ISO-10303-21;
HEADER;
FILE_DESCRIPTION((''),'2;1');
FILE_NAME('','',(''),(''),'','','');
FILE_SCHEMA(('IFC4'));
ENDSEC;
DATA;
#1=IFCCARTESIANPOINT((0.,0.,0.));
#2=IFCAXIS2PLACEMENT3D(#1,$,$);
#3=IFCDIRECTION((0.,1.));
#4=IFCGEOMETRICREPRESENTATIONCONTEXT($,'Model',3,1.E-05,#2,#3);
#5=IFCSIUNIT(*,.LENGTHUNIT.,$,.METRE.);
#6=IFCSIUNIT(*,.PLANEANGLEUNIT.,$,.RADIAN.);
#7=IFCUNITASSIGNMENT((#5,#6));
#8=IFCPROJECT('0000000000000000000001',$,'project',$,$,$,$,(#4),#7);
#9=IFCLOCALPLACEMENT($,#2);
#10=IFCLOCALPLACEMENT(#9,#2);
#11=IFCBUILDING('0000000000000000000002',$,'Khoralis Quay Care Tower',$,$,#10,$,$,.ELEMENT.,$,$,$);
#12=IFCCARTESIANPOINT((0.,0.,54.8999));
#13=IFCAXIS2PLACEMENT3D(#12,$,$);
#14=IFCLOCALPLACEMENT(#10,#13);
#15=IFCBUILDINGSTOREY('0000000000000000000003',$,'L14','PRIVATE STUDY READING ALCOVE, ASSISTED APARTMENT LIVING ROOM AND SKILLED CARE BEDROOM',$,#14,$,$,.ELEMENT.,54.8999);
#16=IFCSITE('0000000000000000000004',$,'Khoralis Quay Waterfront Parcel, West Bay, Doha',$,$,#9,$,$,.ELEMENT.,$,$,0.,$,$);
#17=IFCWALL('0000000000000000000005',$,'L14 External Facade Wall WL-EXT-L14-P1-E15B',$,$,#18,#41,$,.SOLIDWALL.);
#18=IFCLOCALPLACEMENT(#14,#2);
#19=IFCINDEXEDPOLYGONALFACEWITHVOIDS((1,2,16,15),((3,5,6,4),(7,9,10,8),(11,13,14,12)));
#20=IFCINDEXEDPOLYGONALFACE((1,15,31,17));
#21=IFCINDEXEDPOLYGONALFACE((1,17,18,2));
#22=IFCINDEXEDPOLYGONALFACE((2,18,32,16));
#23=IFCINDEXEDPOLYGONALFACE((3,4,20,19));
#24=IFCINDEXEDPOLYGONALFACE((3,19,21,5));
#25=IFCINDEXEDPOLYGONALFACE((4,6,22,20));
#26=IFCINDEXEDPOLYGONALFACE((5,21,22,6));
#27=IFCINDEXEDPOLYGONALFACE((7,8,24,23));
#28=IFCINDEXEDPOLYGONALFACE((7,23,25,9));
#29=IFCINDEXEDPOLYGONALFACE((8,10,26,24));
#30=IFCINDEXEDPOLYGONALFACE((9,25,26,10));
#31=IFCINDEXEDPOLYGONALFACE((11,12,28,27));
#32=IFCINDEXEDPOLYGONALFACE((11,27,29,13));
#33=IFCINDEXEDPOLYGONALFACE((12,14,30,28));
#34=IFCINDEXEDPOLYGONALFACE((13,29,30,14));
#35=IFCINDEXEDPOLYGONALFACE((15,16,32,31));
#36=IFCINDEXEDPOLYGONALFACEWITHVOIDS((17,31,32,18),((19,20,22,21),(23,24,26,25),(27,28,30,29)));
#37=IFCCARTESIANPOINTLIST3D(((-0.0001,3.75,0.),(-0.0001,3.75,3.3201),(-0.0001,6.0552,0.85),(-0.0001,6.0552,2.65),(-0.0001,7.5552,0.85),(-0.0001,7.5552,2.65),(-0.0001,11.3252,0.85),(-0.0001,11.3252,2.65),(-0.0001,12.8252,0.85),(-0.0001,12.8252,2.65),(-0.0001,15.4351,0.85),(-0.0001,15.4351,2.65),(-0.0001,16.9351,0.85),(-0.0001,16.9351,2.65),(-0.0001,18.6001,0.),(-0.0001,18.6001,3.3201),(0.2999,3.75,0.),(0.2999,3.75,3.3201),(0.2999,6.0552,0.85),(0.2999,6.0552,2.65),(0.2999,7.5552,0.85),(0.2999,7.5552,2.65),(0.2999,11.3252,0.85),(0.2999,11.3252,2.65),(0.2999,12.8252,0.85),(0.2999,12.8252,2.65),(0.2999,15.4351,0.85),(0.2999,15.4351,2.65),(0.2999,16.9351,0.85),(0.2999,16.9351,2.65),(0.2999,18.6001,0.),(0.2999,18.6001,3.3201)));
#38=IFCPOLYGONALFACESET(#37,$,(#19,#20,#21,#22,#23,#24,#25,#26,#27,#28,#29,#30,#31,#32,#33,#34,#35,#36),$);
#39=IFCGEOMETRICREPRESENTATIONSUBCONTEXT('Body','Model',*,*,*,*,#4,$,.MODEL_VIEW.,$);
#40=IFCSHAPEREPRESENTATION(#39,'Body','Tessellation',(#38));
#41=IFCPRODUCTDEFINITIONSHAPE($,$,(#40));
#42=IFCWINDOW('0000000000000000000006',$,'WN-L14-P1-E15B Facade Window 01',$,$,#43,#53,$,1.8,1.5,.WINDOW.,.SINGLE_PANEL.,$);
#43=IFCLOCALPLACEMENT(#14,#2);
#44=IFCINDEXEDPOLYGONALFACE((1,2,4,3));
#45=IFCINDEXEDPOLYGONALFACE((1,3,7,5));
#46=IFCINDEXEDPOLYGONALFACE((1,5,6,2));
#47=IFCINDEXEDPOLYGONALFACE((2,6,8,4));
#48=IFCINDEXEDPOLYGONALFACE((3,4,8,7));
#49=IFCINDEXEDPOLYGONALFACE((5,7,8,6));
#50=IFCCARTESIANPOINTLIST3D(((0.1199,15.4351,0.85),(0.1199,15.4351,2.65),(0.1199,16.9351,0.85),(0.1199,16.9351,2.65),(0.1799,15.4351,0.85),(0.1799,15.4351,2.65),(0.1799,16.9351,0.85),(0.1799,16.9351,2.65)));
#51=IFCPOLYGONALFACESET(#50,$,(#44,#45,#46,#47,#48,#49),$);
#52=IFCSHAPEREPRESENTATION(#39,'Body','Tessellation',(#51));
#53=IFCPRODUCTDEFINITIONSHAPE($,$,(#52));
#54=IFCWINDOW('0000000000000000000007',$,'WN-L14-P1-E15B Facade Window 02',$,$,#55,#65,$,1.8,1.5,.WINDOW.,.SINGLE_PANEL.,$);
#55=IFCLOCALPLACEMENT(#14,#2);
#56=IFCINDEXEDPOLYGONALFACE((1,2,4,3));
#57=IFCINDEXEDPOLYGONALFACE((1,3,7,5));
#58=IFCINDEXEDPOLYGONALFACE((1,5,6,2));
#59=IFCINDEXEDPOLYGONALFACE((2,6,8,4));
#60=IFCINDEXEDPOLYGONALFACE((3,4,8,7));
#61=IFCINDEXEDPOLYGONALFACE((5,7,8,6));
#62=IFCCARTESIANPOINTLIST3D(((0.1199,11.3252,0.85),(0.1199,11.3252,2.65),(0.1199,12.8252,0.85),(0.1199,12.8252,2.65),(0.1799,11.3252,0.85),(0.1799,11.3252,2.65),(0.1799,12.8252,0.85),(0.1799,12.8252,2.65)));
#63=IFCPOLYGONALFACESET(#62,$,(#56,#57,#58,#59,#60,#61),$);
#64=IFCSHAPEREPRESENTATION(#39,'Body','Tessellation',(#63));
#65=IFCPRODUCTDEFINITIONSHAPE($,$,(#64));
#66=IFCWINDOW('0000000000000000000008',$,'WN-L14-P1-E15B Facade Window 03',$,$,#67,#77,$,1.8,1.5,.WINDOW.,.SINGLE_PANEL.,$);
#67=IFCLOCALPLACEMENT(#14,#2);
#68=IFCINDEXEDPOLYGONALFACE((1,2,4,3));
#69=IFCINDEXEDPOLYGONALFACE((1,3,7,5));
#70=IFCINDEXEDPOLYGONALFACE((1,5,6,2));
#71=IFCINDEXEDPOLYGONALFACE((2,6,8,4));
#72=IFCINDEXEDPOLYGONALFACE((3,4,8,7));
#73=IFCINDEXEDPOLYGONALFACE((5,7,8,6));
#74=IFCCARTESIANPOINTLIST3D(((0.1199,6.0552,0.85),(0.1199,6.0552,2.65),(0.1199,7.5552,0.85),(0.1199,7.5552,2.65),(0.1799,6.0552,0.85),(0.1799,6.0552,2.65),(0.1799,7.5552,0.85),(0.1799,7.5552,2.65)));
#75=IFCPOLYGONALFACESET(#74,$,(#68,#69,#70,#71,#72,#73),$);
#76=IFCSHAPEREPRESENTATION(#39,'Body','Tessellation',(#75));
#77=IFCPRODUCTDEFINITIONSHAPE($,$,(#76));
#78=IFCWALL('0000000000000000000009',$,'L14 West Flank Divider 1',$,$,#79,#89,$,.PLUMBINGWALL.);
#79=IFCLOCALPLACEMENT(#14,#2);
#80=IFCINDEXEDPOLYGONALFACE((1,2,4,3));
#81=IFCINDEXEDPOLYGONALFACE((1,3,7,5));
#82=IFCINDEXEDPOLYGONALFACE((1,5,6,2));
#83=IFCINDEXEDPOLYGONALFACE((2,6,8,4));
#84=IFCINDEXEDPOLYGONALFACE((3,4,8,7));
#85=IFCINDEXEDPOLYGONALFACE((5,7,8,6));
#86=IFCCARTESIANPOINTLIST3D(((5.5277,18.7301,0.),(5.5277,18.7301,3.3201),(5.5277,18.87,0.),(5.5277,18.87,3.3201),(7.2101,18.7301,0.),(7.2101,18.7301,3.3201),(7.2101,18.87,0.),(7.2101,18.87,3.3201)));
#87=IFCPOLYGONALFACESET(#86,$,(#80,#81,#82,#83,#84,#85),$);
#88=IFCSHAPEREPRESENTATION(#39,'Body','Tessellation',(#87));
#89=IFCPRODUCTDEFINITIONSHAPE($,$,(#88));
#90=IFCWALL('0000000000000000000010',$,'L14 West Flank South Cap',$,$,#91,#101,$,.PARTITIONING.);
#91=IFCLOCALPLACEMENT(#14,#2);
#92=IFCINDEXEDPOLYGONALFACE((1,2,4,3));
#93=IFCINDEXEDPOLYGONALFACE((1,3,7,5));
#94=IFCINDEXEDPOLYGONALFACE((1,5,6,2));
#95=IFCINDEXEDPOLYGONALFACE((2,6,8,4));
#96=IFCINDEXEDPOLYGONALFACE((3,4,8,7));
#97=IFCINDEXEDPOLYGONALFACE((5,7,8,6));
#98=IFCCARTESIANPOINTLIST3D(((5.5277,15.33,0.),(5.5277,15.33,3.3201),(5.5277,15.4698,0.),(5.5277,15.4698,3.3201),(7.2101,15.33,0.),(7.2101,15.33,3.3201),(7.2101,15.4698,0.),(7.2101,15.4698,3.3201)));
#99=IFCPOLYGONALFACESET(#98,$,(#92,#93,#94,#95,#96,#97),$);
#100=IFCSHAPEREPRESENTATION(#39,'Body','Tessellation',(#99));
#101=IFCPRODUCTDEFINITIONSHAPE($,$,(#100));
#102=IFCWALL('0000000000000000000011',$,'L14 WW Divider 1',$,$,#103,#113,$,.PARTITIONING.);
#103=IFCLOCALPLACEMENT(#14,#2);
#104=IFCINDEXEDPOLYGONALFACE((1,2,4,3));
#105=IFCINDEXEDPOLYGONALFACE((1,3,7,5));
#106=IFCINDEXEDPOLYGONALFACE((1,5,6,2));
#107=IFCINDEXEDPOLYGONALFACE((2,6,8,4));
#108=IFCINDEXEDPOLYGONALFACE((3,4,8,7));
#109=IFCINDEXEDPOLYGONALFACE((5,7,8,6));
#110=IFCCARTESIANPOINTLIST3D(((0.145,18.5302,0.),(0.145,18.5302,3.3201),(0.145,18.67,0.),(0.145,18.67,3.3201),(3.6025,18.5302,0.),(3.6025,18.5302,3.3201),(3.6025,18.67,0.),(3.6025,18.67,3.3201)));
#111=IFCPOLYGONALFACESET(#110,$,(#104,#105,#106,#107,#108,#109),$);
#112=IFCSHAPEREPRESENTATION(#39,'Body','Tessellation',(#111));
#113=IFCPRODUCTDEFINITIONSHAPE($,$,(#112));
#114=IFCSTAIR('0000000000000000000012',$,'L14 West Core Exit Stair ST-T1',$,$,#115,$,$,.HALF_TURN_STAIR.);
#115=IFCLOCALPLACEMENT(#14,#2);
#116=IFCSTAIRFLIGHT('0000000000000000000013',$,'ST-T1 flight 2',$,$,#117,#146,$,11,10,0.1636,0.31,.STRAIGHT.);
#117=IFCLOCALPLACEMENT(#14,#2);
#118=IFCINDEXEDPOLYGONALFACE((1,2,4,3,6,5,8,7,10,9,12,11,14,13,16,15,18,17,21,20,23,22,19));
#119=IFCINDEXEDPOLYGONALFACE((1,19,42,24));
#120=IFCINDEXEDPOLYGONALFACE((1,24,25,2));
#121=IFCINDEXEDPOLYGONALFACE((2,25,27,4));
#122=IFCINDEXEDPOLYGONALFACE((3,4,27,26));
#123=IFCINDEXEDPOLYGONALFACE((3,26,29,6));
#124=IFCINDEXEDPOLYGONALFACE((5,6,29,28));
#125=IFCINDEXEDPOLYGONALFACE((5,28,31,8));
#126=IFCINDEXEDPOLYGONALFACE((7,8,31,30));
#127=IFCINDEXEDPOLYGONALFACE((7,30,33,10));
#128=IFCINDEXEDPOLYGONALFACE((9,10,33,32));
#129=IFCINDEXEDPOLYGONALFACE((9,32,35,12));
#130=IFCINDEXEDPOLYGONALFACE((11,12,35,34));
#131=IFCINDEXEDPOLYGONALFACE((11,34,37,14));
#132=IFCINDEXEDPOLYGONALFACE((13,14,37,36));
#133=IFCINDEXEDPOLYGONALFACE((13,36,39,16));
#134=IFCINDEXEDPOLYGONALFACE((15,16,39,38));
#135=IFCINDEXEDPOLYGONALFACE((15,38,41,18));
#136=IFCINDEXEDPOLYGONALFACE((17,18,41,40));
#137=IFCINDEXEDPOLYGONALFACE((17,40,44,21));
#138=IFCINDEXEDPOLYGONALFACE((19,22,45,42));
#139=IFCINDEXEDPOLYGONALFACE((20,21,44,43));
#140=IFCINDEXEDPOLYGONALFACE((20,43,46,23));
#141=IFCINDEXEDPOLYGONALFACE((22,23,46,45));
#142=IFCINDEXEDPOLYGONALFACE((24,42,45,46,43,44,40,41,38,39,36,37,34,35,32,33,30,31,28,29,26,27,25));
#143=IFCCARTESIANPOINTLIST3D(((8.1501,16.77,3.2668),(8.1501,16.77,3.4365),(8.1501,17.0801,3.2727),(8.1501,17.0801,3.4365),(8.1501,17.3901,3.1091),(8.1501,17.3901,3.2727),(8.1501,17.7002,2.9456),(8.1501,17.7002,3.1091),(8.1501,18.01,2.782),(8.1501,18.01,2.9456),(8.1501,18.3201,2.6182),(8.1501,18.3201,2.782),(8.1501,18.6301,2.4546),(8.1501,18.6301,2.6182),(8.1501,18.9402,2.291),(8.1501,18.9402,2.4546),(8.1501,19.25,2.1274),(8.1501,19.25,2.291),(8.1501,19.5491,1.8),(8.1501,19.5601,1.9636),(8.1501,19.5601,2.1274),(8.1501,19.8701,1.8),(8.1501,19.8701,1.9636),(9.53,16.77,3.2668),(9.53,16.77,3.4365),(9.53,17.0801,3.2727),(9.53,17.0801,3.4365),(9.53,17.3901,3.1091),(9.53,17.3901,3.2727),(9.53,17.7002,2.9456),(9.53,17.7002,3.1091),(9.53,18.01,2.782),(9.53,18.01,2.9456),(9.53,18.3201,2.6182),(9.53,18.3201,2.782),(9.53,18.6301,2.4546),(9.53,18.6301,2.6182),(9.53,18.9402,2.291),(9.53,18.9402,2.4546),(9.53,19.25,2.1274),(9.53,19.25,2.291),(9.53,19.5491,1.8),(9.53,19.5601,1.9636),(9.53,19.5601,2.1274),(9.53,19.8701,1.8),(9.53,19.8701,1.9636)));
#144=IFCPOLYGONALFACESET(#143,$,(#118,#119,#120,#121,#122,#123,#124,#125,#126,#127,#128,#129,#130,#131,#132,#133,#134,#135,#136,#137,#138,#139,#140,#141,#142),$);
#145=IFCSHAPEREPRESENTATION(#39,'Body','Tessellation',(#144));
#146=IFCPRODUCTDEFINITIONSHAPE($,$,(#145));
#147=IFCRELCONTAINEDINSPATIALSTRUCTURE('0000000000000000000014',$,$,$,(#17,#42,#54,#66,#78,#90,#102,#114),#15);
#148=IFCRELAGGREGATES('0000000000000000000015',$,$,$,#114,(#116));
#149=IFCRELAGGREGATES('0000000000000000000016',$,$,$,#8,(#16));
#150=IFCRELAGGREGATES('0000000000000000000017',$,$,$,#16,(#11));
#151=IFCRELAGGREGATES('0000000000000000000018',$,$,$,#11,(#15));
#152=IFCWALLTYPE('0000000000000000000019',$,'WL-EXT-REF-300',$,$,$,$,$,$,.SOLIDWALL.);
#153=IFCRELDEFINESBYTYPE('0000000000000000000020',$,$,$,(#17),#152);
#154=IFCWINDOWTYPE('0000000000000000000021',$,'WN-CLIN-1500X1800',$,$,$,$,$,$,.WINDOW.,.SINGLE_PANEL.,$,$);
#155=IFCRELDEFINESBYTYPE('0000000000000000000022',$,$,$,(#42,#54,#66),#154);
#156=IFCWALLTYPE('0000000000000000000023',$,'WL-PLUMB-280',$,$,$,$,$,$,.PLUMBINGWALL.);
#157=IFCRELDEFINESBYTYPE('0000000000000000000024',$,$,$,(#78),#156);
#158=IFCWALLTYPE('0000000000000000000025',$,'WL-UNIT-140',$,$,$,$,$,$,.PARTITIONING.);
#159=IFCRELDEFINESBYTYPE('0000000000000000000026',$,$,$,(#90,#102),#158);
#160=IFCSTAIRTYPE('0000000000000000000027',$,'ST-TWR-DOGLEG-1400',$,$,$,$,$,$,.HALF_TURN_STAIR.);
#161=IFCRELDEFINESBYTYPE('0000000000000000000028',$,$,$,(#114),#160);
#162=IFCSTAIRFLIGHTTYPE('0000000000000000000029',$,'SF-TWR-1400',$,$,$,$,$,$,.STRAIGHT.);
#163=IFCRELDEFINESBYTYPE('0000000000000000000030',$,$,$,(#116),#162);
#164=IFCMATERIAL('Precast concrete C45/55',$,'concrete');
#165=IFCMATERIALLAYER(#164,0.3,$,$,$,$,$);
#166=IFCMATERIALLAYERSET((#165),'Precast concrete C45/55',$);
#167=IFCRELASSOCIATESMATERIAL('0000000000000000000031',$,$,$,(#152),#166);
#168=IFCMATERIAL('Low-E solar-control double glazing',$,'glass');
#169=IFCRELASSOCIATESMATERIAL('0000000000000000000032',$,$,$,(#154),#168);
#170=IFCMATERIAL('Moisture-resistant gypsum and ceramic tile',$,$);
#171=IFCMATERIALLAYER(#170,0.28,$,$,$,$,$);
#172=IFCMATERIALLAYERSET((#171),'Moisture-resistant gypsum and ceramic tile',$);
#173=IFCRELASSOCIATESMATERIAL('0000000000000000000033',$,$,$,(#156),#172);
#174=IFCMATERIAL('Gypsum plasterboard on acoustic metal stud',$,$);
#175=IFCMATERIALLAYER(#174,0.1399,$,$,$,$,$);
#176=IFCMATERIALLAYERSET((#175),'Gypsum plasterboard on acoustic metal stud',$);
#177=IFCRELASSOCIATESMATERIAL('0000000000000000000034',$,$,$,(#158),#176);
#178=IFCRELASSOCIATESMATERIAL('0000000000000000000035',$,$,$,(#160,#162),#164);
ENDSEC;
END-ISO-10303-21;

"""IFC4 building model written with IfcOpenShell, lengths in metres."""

from ifc_helpers import new_model, si_unit, direction, frame, frame_2d, origin, place, context, subcontext, project, spatial, polyline, rectangle, outline, extrude, source, transform, mapped, material, layer, layer_set, type_object, element, fill, aggregate, save


model = new_model("IFC4")

# Units and contexts
model_context = context("Model", 3, precision=1e-05, world=origin(), true_north=direction((0.0, 1.0)))
body_context = subcontext(model_context, "Body", "Model", "MODEL_VIEW")
ifc_project = project(units=[si_unit("LENGTHUNIT", "METRE"), si_unit("PLANEANGLEUNIT", "RADIAN")], contexts=[model_context])

# Site, building, storey
site_placement = place(None, origin())
site = spatial("IfcSite", under=ifc_project, at=site_placement, Name="Khoralis Quay Waterfront Parcel, West Bay, Doha", CompositionType="ELEMENT", RefElevation=0.0)
building_placement = place(site_placement, origin())
building = spatial("IfcBuilding", under=site, at=building_placement, Name="Khoralis Quay Care Tower", CompositionType="ELEMENT")
storey_placement = place(building_placement, frame((0.0, 0.0, 54.8999)))
storey = spatial("IfcBuildingStorey", under=building, at=storey_placement, Name="L14", Description="PRIVATE STUDY READING ALCOVE, ASSISTED APARTMENT LIVING ROOM AND SKILLED CARE BEDROOM", CompositionType="ELEMENT", Elevation=54.8999)

# Shared definitions
ifc_material_1 = material(Name="Low-E solar-control double glazing", Category="glass")

# Shared definitions
ifc_material_2 = material(Name="Gypsum plasterboard on acoustic metal stud")

# Wall, openings, windows
ifc_material_3 = material(Name="Precast concrete C45/55", Category="concrete")
ifc_layer_1 = layer(ifc_material_3, 0.3)
ifc_layer_set_1 = layer_set([ifc_layer_1], Name="Precast concrete C45/55")
wall_type_1 = type_object("IfcWallType", Name="WL-EXT-REF-300", PredefinedType="SOLIDWALL", material=ifc_layer_set_1)
wall_1_placement = place(storey_placement, frame((0.1499, 18.6001, 0.0), z_axis=(0.0, 0.0, 1.0), x_axis=(0.0, -1.0, 0.0)))
wall_1 = element("IfcWall", 1, at=wall_1_placement, inside=storey, type_object=wall_type_1, Name="L14 External Facade Wall WL-EXT-L14-P1-E15B", PredefinedType="SOLIDWALL", context=body_context, shape_type="SweptSolid", body=[
    extrude(rectangle(XDim=14.8501, YDim=0.3, at=frame_2d((7.425, 0.0))), origin(), (0.0, 0.0, 1.0), 3.3201),
])
opening_1_placement = place(wall_1_placement, frame((1.665, 0.0, 0.8501)))
opening_1 = element("IfcOpeningElement", 2, at=opening_1_placement, cuts=wall_1, PredefinedType="OPENING", context=body_context, shape_type="SweptSolid", body=[
    extrude(rectangle(XDim=1.5, YDim=1.8, at=frame_2d((0.75, 0.8999))), frame((0.0, 0.1602, 0.0), z_axis=(0.0, -1.0, 0.0), x_axis=(1.0, 0.0, 0.0)), (0.0, 0.0, 1.0), 0.3201),
])
opening_2_placement = place(wall_1_placement, frame((5.7749, 0.0, 0.8501)))
opening_2 = element("IfcOpeningElement", 3, at=opening_2_placement, cuts=wall_1, PredefinedType="OPENING", context=body_context, shape_type="SweptSolid", body=[
    extrude(rectangle(XDim=1.5, YDim=1.8, at=frame_2d((0.75, 0.8999))), frame((0.0, 0.1602, 0.0), z_axis=(0.0, -1.0, 0.0), x_axis=(1.0, 0.0, 0.0)), (0.0, 0.0, 1.0), 0.3201),
])
opening_3_placement = place(wall_1_placement, frame((11.0449, 0.0, 0.8501)))
opening_3 = element("IfcOpeningElement", 4, at=opening_3_placement, cuts=wall_1, PredefinedType="OPENING", context=body_context, shape_type="SweptSolid", body=[
    extrude(rectangle(XDim=1.5, YDim=1.8, at=frame_2d((0.75, 0.8999))), frame((0.0, 0.1602, 0.0), z_axis=(0.0, -1.0, 0.0), x_axis=(1.0, 0.0, 0.0)), (0.0, 0.0, 1.0), 0.3201),
])
window_type = type_object("IfcWindowType", Name="WN-CLIN-1500X1800", PartitioningType="SINGLE_PANEL", PredefinedType="WINDOW", material=ifc_material_1)
shared_shape_1 = source(origin(), body_context, "Body", "SweptSolid", [
    extrude(rectangle(XDim=1.5, YDim=1.8, at=frame_2d((0.75, 0.8999))), frame((0.0, 0.03, 0.0), z_axis=(0.0, -1.0, 0.0), x_axis=(1.0, 0.0, 0.0)), (0.0, 0.0, 1.0), 0.0601),
])
window_1_placement = place(opening_1_placement, origin())
window_1 = element("IfcWindow", 5, at=window_1_placement, inside=storey, type_object=window_type, Name="WN-L14-P1-E15B Facade Window 01", OverallHeight=1.8, OverallWidth=1.5, PartitioningType="SINGLE_PANEL", PredefinedType="WINDOW", context=body_context, shape_type="MappedRepresentation", body=[
    mapped(shared_shape_1, transform((0.0, 0.0, 0.0), scale=1.0)),
])
fill(opening_1, window_1)
window_2_placement = place(opening_2_placement, origin())
window_2 = element("IfcWindow", 6, at=window_2_placement, inside=storey, type_object=window_type, Name="WN-L14-P1-E15B Facade Window 02", OverallHeight=1.8, OverallWidth=1.5, PartitioningType="SINGLE_PANEL", PredefinedType="WINDOW", context=body_context, shape_type="MappedRepresentation", body=[
    mapped(shared_shape_1, transform((0.0, 0.0, 0.0), scale=1.0)),
])
fill(opening_2, window_2)
window_3_placement = place(opening_3_placement, origin())
window_3 = element("IfcWindow", 7, at=window_3_placement, inside=storey, type_object=window_type, Name="WN-L14-P1-E15B Facade Window 03", OverallHeight=1.8, OverallWidth=1.5, PartitioningType="SINGLE_PANEL", PredefinedType="WINDOW", context=body_context, shape_type="MappedRepresentation", body=[
    mapped(shared_shape_1, transform((0.0, 0.0, 0.0), scale=1.0)),
])
fill(opening_3, window_3)

# Walls
ifc_material_4 = material(Name="Moisture-resistant gypsum and ceramic tile")
ifc_layer_2 = layer(ifc_material_4, 0.28)
ifc_layer_set_2 = layer_set([ifc_layer_2], Name="Moisture-resistant gypsum and ceramic tile")
wall_type_2 = type_object("IfcWallType", Name="WL-PLUMB-280", PredefinedType="PLUMBINGWALL", material=ifc_layer_set_2)
wall_2_placement = place(storey_placement, frame((5.5276, 18.8, 0.0), z_axis=(0.0, 0.0, 1.0), x_axis=(1.0, 0.0, 0.0)))
element("IfcWall", 8, at=wall_2_placement, inside=storey, type_object=wall_type_2, Name="L14 West Flank Divider 1", PredefinedType="PLUMBINGWALL", context=body_context, shape_type="SweptSolid", body=[
    extrude(rectangle(XDim=1.6824, YDim=0.1399, at=frame_2d((0.8413, 0.0))), origin(), (0.0, 0.0, 1.0), 3.3201),
])
ifc_layer_3 = layer(ifc_material_2, 0.1399)
ifc_layer_set_3 = layer_set([ifc_layer_3], Name="Gypsum plasterboard on acoustic metal stud")
wall_type_3 = type_object("IfcWallType", Name="WL-UNIT-140", PredefinedType="PARTITIONING", material=ifc_layer_set_3)
wall_3_placement = place(storey_placement, frame((5.5276, 15.3999, 0.0), z_axis=(0.0, 0.0, 1.0), x_axis=(1.0, 0.0, 0.0)))
element("IfcWall", 9, at=wall_3_placement, inside=storey, type_object=wall_type_3, Name="L14 West Flank South Cap", PredefinedType="PARTITIONING", context=body_context, shape_type="SweptSolid", body=[
    extrude(rectangle(XDim=1.6824, YDim=0.1399, at=frame_2d((0.8413, 0.0))), origin(), (0.0, 0.0, 1.0), 3.3201),
])
wall_4_placement = place(storey_placement, frame((0.145, 18.6001, 0.0), z_axis=(0.0, 0.0, 1.0), x_axis=(1.0, 0.0, 0.0)))
element("IfcWall", 10, at=wall_4_placement, inside=storey, type_object=wall_type_3, Name="L14 WW Divider 1", PredefinedType="PARTITIONING", context=body_context, shape_type="SweptSolid", body=[
    extrude(rectangle(XDim=3.4575, YDim=0.1399, at=frame_2d((1.7288, 0.0))), origin(), (0.0, 0.0, 1.0), 3.3201),
])

# Stair, stair flight
stair_type = type_object("IfcStairType", Name="ST-TWR-DOGLEG-1400", PredefinedType="HALF_TURN_STAIR", material=ifc_material_3)
stair_placement = place(storey_placement, origin())
stair = element("IfcStair", 11, at=stair_placement, inside=storey, type_object=stair_type, Name="L14 West Core Exit Stair ST-T1", PredefinedType="HALF_TURN_STAIR")
stair_flight_type = type_object("IfcStairFlightType", Name="SF-TWR-1400", PredefinedType="STRAIGHT", material=ifc_material_3)
shared_shape_2 = source(origin(), body_context, "Body", "SweptSolid", [
    extrude(outline(polyline([(0.0, 0.0), (0.0, 0.1636), (0.3101, 0.1636), (0.3101, 0.3274), (0.6201, 0.3274), (0.6201, 0.491), (0.9299, 0.491), (0.9299, 0.6545), (1.24, 0.6545), (1.24, 0.8181), (1.55, 0.8181), (1.55, 0.9819), (1.8601, 0.9819), (1.8601, 1.1455), (2.1699, 1.1455), (2.1699, 1.3091), (2.48, 1.3091), (2.48, 1.4727), (2.79, 1.4727), (2.79, 1.6365), (3.1001, 1.6365), (3.1001, 1.8), (3.1001, 1.4668), (0.321, 0.0), (0.0, 0.0)])), frame((0.0, 0.6899, 0.0), z_axis=(0.0, -1.0, 0.0), x_axis=(1.0, 0.0, 0.0)), (0.0, 0.0, 1.0), 1.3799),
])
stair_flight_placement = place(storey_placement, frame((8.8401, 19.8701, 1.8), z_axis=(0.0, 0.0, 1.0), x_axis=(0.0, -1.0, 0.0)))
stair_flight = element("IfcStairFlight", 12, at=stair_flight_placement, type_object=stair_flight_type, Name="ST-T1 flight 2", NumberOfRisers=11, NumberOfTreads=10, PredefinedType="STRAIGHT", RiserHeight=0.1636, TreadLength=0.31, context=body_context, shape_type="MappedRepresentation", body=[
    mapped(shared_shape_2, transform((0.0, 0.0, 0.0), scale=1.0)),
])
aggregate(stair, [stair_flight])

save(model, "model.ifc")
